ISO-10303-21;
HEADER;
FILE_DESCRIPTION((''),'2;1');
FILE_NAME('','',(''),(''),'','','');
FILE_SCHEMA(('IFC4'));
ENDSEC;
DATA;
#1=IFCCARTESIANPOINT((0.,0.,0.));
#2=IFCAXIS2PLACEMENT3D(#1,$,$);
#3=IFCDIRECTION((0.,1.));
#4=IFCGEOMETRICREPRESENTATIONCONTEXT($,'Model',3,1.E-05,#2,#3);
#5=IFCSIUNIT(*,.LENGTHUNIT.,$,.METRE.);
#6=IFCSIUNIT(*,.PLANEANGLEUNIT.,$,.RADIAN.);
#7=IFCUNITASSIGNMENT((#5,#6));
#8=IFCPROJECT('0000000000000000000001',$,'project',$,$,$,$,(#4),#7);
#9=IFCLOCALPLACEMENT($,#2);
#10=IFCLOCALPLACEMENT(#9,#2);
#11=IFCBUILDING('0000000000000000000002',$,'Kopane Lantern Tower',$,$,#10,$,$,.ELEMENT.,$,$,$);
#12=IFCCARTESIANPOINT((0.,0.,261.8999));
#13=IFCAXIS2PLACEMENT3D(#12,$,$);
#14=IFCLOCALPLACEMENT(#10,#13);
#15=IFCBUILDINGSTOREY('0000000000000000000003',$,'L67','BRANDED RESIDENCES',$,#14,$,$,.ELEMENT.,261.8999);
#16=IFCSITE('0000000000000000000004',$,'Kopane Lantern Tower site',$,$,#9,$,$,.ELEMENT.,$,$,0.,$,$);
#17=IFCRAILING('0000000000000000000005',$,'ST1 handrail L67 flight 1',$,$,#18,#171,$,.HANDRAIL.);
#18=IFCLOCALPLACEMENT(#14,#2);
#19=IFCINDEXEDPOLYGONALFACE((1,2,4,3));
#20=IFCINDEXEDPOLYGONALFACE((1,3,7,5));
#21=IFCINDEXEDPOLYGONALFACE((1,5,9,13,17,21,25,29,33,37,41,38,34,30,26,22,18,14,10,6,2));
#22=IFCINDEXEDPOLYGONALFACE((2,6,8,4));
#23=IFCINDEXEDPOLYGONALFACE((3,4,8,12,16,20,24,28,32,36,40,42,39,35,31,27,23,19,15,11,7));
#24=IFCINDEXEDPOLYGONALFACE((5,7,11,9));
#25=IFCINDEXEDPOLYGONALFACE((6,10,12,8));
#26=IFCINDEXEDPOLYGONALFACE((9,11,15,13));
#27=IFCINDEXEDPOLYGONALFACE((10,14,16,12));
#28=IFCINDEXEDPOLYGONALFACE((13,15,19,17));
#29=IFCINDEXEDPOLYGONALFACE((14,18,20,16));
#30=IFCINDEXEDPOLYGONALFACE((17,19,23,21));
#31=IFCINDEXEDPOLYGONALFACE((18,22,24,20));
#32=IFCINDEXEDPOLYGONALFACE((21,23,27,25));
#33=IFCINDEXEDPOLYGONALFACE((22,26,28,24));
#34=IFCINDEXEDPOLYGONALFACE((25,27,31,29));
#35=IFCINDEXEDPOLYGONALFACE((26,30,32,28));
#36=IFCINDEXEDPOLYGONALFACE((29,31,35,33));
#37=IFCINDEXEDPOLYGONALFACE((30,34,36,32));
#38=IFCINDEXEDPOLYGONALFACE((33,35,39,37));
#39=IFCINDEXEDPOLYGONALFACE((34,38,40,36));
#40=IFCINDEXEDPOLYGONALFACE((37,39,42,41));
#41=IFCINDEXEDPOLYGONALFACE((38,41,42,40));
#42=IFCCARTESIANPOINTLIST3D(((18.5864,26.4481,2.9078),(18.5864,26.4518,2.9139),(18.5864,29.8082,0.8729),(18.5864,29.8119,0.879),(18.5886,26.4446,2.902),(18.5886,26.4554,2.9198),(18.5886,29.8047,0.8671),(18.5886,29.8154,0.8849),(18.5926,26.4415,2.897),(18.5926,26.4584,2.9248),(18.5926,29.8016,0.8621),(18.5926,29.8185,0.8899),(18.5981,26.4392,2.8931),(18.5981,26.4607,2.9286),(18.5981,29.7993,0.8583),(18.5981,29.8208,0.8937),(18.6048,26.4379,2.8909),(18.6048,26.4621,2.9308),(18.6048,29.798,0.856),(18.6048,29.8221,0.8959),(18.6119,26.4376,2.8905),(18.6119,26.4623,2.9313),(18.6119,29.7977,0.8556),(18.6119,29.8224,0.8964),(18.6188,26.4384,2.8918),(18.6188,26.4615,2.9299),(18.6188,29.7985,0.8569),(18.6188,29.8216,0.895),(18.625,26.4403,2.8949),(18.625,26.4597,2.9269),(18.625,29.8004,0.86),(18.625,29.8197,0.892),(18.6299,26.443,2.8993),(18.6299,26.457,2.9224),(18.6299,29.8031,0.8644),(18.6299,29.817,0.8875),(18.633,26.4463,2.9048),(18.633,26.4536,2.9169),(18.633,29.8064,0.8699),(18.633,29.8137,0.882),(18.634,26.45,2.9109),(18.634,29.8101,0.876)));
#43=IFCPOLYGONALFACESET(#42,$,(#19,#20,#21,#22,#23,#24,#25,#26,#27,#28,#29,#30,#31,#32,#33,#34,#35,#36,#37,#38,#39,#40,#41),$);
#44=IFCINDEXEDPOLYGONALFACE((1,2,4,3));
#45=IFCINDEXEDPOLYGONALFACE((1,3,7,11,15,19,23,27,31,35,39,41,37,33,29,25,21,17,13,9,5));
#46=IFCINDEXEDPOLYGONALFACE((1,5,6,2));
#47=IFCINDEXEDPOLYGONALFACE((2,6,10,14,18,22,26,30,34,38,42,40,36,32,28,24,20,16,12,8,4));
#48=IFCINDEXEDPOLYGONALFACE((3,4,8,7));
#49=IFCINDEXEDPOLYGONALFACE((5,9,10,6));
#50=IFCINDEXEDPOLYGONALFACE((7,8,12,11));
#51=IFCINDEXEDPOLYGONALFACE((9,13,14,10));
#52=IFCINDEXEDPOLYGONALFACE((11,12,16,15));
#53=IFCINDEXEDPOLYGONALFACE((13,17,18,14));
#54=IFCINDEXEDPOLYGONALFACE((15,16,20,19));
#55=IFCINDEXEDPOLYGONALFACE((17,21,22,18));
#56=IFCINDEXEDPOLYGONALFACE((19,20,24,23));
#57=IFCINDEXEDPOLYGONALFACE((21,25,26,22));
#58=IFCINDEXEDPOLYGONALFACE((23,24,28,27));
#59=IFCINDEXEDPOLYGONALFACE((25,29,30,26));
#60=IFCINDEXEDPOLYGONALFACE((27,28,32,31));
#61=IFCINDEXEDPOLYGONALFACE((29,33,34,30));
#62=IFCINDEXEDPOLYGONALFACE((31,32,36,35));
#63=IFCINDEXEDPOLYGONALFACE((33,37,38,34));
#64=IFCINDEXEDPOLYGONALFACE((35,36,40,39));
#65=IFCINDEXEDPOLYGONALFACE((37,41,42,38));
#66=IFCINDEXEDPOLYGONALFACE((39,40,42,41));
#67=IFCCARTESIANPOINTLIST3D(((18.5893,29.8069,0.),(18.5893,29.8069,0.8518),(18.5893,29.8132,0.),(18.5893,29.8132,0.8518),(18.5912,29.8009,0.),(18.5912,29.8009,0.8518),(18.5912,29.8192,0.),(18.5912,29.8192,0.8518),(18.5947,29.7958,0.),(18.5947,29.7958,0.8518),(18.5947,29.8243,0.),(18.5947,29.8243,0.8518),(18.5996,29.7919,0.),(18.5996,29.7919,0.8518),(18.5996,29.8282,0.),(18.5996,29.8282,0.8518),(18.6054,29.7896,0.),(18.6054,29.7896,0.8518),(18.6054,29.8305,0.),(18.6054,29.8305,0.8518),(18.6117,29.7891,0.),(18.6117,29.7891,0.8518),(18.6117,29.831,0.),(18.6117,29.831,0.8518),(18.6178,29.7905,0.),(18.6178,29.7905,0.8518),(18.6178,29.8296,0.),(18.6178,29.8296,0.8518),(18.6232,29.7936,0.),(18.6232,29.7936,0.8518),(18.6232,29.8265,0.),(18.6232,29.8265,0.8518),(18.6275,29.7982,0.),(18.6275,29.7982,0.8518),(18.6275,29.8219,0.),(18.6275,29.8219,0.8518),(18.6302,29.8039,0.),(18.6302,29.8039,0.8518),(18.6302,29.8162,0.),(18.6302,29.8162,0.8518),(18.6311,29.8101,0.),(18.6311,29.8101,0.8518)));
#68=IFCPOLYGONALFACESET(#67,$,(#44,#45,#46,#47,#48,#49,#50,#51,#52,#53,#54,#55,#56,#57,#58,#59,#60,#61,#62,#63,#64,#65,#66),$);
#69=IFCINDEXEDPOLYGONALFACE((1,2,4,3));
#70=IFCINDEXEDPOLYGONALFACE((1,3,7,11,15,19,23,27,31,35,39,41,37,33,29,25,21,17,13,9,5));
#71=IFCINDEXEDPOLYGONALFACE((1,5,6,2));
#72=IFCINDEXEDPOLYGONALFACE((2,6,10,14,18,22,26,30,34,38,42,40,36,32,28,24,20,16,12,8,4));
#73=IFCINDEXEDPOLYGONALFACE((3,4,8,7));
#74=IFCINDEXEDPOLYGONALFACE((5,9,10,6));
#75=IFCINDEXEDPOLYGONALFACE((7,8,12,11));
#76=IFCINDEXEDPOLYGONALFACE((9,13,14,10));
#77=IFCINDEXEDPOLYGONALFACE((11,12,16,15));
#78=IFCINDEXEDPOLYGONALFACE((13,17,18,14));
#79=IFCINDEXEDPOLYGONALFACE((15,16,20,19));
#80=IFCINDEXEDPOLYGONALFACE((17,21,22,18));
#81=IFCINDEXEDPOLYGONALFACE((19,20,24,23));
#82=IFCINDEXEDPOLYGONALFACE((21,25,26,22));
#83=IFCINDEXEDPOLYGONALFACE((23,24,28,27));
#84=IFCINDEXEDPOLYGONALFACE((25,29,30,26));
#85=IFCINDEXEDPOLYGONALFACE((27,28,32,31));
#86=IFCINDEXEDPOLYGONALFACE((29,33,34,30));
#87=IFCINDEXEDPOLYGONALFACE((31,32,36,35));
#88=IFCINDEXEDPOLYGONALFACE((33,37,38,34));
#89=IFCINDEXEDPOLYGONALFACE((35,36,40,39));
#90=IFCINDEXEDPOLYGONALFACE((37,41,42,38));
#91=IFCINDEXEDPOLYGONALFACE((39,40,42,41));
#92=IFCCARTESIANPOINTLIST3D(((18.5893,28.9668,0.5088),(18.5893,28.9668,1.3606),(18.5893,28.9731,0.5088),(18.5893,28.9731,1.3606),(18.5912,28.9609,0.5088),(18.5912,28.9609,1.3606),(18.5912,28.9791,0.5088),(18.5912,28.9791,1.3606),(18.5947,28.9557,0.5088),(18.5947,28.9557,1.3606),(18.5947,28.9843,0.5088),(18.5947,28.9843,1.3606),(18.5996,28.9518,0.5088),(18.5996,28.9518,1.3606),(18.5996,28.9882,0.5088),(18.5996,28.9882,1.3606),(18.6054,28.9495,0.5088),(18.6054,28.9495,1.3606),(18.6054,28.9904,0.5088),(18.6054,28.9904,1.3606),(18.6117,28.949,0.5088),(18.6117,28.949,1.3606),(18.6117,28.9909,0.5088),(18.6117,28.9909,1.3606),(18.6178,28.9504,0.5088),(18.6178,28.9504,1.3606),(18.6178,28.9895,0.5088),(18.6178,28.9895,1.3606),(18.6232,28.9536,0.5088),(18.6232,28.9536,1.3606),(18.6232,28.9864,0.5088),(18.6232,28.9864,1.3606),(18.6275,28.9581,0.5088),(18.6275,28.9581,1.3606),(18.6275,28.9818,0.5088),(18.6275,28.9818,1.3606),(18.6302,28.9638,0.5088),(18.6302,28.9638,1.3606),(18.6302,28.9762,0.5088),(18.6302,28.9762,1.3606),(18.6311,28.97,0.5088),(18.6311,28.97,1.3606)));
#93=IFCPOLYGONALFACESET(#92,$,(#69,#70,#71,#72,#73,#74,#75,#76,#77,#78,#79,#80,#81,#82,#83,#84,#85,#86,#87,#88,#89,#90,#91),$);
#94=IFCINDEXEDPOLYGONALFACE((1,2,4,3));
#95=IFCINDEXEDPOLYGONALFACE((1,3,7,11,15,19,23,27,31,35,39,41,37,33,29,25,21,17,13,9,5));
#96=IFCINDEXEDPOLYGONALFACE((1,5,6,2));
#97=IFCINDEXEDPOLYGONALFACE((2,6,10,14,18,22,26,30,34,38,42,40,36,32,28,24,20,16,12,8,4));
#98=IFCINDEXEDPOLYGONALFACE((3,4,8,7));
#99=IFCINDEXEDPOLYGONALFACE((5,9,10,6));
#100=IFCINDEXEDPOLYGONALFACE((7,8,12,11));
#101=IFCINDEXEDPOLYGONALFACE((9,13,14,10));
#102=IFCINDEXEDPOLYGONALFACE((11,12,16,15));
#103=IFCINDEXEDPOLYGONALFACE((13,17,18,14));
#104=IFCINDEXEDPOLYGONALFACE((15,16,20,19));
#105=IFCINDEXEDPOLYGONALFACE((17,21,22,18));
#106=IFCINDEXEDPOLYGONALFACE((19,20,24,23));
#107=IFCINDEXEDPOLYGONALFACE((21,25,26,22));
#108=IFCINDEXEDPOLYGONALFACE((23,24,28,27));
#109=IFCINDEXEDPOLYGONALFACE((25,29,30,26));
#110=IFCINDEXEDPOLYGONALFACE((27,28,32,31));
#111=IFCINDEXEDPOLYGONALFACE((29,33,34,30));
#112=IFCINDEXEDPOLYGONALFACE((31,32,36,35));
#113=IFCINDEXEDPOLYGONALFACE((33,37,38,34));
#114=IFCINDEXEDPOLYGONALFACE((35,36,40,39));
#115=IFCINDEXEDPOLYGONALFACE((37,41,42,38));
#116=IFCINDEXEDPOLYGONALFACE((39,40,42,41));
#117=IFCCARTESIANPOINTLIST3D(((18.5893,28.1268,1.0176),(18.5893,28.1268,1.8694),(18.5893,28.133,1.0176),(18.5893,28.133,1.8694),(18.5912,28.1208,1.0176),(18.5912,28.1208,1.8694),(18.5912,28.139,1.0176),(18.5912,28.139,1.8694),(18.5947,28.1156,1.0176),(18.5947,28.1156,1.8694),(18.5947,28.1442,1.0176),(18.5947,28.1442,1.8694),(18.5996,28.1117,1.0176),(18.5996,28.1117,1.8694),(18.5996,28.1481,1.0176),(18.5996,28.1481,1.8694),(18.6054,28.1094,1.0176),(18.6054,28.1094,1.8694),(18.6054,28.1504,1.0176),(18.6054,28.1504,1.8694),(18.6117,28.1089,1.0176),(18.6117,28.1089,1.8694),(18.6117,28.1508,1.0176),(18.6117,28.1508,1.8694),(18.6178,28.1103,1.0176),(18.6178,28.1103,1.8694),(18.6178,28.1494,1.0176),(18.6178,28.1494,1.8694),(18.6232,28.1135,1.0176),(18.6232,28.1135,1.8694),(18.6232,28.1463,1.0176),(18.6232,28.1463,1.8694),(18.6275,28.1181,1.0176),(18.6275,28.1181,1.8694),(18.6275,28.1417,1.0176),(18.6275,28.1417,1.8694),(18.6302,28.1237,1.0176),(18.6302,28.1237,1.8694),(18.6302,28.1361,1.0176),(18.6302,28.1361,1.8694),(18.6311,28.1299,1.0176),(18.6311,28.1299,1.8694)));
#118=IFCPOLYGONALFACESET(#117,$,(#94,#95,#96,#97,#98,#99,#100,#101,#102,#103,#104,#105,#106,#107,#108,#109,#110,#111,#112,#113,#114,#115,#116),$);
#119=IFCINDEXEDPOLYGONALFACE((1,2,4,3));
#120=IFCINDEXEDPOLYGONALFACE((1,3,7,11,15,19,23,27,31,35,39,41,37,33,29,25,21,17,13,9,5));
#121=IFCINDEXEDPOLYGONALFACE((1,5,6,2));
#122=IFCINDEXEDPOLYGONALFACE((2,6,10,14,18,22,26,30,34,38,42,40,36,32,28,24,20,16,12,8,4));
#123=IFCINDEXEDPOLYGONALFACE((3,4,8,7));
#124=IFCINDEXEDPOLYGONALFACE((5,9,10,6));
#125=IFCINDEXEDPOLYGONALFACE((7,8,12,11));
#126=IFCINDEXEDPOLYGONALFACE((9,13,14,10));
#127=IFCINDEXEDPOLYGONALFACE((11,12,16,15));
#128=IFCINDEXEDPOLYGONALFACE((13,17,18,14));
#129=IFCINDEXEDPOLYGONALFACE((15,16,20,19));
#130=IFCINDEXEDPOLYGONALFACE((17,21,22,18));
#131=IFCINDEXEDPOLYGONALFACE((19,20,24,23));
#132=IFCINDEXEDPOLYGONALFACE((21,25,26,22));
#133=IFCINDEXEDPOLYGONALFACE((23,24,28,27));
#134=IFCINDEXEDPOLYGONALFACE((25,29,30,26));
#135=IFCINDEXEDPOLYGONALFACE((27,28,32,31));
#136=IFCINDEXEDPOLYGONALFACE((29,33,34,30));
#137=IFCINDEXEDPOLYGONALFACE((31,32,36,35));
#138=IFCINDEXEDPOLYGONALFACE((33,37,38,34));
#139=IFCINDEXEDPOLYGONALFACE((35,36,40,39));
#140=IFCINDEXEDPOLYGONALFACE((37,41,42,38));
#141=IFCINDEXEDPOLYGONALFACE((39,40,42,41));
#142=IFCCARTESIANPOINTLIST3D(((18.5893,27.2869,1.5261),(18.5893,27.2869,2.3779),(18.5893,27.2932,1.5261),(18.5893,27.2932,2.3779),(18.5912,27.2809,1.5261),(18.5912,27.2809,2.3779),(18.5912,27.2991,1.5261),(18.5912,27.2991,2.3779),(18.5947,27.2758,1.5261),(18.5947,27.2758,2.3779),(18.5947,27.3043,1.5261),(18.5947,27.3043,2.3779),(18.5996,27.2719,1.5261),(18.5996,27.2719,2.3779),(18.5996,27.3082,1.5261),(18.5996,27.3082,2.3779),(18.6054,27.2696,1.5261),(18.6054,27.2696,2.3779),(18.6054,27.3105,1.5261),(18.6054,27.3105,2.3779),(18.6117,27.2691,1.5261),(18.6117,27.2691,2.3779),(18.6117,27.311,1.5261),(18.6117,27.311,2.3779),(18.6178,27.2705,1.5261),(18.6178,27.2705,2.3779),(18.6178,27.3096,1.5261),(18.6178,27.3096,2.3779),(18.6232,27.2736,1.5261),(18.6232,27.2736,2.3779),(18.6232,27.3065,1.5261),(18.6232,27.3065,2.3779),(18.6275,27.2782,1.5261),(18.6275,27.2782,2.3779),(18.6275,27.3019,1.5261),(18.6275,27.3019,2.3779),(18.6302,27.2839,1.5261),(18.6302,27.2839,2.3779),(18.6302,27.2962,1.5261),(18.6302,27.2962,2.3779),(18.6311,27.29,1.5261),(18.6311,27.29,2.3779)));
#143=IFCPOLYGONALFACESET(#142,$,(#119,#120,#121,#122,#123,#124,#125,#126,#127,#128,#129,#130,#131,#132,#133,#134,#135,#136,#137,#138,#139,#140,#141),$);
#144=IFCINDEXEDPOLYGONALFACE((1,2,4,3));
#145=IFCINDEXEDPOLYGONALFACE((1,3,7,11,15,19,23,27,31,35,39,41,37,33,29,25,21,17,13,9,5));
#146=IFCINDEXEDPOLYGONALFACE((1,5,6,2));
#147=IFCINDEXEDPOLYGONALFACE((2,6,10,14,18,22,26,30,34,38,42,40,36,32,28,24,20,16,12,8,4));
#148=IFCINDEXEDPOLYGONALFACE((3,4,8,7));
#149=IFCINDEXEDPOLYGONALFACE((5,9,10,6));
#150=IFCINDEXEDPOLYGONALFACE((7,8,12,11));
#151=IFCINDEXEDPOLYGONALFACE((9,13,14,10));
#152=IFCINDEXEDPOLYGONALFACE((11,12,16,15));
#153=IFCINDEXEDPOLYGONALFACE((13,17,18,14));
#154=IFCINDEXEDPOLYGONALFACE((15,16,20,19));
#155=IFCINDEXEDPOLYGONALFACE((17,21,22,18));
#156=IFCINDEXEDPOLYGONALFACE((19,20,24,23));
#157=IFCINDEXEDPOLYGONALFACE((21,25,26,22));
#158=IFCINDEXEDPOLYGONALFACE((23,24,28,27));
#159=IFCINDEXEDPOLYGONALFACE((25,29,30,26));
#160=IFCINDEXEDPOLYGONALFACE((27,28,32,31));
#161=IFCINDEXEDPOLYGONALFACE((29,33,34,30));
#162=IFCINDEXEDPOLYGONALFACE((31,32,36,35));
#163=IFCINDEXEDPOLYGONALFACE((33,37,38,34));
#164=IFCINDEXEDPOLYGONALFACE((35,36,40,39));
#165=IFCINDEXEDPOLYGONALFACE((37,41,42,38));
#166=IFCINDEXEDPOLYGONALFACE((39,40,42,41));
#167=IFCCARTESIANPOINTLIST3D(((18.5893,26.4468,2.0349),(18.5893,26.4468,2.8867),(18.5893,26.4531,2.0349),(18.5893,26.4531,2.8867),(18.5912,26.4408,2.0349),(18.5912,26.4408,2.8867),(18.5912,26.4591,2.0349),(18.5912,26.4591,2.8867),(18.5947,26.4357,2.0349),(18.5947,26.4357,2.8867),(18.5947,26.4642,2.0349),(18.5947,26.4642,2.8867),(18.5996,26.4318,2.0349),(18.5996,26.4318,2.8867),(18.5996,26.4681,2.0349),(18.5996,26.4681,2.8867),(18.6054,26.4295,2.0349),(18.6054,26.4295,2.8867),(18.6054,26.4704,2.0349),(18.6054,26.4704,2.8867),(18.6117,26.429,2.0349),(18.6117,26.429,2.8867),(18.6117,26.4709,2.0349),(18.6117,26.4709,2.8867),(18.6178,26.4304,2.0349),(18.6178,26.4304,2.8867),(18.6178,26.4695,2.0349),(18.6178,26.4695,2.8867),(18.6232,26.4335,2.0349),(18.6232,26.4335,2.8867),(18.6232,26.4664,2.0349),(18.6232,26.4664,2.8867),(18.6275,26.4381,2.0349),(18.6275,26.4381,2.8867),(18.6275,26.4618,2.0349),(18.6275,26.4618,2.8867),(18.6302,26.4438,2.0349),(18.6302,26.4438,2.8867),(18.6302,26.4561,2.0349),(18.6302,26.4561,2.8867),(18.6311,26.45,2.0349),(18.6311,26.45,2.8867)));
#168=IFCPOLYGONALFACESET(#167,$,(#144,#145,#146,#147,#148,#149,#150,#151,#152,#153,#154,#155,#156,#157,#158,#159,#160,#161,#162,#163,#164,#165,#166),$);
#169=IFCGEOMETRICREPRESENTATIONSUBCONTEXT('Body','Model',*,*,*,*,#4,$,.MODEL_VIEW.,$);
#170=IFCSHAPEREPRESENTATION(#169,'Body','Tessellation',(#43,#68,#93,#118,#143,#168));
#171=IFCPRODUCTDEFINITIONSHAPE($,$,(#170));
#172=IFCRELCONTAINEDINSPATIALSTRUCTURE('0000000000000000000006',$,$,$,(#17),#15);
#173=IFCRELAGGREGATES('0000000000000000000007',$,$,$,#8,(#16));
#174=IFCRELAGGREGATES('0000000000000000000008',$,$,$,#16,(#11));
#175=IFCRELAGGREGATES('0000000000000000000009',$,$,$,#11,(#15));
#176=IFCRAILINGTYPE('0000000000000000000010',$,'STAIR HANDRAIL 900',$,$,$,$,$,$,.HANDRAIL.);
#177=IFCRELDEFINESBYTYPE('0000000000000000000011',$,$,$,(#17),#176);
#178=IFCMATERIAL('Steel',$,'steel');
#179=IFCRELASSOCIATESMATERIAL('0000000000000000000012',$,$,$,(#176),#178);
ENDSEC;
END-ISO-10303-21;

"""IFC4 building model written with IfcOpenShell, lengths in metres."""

from ifc_helpers import new_model, si_unit, direction, frame, origin, origin_2d, place, context, subcontext, project, spatial, circle, extrude, material, type_object, element, save


model = new_model("IFC4")

# Units and contexts
model_context = context("Model", 3, precision=1e-05, world=origin(), true_north=direction((0.0, 1.0)))
body_context = subcontext(model_context, "Body", "Model", "MODEL_VIEW")
ifc_project = project(units=[si_unit("LENGTHUNIT", "METRE"), si_unit("PLANEANGLEUNIT", "RADIAN")], contexts=[model_context])

# Site, building, storey
site_placement = place(None, origin())
site = spatial("IfcSite", under=ifc_project, at=site_placement, Name="Kopane Lantern Tower site", CompositionType="ELEMENT", RefElevation=0.0)
building_placement = place(site_placement, origin())
building = spatial("IfcBuilding", under=site, at=building_placement, Name="Kopane Lantern Tower", CompositionType="ELEMENT")
storey_placement = place(building_placement, frame((0.0, 0.0, 261.8999)))
storey = spatial("IfcBuildingStorey", under=building, at=storey_placement, Name="L67", Description="BRANDED RESIDENCES", CompositionType="ELEMENT", Elevation=261.8999)

# Railing
ifc_material_1 = material(Name="Steel", Category="steel")
railing_type_1 = type_object("IfcRailingType", Name="STAIR HANDRAIL 900", PredefinedType="HANDRAIL", material=ifc_material_1)
for number, where, name in (
    (1, (18.6101, 29.8101, 0.0), "ST1 handrail L67 flight 1"),
):
    element("IfcRailing", number, at=place(storey_placement, frame(where)), inside=storey, type_object=railing_type_1, Name=name, PredefinedType="HANDRAIL", context=body_context, shape_type="SweptSolid", body=[
        extrude(circle(Radius=0.0239, at=origin_2d()), frame((0.0, 0.0, 0.876), z_axis=(0.0, -0.855369, 0.518019), x_axis=(1.0, 0.0, 0.0)), (0.0, 0.0, 1.0), 3.9282),
        extrude(circle(Radius=0.021, at=origin_2d()), origin(), (0.0, 0.0, 1.0), 0.8518),
        extrude(circle(Radius=0.021, at=origin_2d()), frame((0.0, -0.8401, 0.5088)), (0.0, 0.0, 1.0), 0.8518),
        extrude(circle(Radius=0.021, at=origin_2d()), frame((0.0, -1.6802, 1.0176)), (0.0, 0.0, 1.0), 0.8518),
        extrude(circle(Radius=0.021, at=origin_2d()), frame((0.0, -2.52, 1.5261)), (0.0, 0.0, 1.0), 0.8518),
        extrude(circle(Radius=0.021, at=origin_2d()), frame((0.0, -3.3601, 2.0349)), (0.0, 0.0, 1.0), 0.8518),
    ])

save(model, "model.ifc")
